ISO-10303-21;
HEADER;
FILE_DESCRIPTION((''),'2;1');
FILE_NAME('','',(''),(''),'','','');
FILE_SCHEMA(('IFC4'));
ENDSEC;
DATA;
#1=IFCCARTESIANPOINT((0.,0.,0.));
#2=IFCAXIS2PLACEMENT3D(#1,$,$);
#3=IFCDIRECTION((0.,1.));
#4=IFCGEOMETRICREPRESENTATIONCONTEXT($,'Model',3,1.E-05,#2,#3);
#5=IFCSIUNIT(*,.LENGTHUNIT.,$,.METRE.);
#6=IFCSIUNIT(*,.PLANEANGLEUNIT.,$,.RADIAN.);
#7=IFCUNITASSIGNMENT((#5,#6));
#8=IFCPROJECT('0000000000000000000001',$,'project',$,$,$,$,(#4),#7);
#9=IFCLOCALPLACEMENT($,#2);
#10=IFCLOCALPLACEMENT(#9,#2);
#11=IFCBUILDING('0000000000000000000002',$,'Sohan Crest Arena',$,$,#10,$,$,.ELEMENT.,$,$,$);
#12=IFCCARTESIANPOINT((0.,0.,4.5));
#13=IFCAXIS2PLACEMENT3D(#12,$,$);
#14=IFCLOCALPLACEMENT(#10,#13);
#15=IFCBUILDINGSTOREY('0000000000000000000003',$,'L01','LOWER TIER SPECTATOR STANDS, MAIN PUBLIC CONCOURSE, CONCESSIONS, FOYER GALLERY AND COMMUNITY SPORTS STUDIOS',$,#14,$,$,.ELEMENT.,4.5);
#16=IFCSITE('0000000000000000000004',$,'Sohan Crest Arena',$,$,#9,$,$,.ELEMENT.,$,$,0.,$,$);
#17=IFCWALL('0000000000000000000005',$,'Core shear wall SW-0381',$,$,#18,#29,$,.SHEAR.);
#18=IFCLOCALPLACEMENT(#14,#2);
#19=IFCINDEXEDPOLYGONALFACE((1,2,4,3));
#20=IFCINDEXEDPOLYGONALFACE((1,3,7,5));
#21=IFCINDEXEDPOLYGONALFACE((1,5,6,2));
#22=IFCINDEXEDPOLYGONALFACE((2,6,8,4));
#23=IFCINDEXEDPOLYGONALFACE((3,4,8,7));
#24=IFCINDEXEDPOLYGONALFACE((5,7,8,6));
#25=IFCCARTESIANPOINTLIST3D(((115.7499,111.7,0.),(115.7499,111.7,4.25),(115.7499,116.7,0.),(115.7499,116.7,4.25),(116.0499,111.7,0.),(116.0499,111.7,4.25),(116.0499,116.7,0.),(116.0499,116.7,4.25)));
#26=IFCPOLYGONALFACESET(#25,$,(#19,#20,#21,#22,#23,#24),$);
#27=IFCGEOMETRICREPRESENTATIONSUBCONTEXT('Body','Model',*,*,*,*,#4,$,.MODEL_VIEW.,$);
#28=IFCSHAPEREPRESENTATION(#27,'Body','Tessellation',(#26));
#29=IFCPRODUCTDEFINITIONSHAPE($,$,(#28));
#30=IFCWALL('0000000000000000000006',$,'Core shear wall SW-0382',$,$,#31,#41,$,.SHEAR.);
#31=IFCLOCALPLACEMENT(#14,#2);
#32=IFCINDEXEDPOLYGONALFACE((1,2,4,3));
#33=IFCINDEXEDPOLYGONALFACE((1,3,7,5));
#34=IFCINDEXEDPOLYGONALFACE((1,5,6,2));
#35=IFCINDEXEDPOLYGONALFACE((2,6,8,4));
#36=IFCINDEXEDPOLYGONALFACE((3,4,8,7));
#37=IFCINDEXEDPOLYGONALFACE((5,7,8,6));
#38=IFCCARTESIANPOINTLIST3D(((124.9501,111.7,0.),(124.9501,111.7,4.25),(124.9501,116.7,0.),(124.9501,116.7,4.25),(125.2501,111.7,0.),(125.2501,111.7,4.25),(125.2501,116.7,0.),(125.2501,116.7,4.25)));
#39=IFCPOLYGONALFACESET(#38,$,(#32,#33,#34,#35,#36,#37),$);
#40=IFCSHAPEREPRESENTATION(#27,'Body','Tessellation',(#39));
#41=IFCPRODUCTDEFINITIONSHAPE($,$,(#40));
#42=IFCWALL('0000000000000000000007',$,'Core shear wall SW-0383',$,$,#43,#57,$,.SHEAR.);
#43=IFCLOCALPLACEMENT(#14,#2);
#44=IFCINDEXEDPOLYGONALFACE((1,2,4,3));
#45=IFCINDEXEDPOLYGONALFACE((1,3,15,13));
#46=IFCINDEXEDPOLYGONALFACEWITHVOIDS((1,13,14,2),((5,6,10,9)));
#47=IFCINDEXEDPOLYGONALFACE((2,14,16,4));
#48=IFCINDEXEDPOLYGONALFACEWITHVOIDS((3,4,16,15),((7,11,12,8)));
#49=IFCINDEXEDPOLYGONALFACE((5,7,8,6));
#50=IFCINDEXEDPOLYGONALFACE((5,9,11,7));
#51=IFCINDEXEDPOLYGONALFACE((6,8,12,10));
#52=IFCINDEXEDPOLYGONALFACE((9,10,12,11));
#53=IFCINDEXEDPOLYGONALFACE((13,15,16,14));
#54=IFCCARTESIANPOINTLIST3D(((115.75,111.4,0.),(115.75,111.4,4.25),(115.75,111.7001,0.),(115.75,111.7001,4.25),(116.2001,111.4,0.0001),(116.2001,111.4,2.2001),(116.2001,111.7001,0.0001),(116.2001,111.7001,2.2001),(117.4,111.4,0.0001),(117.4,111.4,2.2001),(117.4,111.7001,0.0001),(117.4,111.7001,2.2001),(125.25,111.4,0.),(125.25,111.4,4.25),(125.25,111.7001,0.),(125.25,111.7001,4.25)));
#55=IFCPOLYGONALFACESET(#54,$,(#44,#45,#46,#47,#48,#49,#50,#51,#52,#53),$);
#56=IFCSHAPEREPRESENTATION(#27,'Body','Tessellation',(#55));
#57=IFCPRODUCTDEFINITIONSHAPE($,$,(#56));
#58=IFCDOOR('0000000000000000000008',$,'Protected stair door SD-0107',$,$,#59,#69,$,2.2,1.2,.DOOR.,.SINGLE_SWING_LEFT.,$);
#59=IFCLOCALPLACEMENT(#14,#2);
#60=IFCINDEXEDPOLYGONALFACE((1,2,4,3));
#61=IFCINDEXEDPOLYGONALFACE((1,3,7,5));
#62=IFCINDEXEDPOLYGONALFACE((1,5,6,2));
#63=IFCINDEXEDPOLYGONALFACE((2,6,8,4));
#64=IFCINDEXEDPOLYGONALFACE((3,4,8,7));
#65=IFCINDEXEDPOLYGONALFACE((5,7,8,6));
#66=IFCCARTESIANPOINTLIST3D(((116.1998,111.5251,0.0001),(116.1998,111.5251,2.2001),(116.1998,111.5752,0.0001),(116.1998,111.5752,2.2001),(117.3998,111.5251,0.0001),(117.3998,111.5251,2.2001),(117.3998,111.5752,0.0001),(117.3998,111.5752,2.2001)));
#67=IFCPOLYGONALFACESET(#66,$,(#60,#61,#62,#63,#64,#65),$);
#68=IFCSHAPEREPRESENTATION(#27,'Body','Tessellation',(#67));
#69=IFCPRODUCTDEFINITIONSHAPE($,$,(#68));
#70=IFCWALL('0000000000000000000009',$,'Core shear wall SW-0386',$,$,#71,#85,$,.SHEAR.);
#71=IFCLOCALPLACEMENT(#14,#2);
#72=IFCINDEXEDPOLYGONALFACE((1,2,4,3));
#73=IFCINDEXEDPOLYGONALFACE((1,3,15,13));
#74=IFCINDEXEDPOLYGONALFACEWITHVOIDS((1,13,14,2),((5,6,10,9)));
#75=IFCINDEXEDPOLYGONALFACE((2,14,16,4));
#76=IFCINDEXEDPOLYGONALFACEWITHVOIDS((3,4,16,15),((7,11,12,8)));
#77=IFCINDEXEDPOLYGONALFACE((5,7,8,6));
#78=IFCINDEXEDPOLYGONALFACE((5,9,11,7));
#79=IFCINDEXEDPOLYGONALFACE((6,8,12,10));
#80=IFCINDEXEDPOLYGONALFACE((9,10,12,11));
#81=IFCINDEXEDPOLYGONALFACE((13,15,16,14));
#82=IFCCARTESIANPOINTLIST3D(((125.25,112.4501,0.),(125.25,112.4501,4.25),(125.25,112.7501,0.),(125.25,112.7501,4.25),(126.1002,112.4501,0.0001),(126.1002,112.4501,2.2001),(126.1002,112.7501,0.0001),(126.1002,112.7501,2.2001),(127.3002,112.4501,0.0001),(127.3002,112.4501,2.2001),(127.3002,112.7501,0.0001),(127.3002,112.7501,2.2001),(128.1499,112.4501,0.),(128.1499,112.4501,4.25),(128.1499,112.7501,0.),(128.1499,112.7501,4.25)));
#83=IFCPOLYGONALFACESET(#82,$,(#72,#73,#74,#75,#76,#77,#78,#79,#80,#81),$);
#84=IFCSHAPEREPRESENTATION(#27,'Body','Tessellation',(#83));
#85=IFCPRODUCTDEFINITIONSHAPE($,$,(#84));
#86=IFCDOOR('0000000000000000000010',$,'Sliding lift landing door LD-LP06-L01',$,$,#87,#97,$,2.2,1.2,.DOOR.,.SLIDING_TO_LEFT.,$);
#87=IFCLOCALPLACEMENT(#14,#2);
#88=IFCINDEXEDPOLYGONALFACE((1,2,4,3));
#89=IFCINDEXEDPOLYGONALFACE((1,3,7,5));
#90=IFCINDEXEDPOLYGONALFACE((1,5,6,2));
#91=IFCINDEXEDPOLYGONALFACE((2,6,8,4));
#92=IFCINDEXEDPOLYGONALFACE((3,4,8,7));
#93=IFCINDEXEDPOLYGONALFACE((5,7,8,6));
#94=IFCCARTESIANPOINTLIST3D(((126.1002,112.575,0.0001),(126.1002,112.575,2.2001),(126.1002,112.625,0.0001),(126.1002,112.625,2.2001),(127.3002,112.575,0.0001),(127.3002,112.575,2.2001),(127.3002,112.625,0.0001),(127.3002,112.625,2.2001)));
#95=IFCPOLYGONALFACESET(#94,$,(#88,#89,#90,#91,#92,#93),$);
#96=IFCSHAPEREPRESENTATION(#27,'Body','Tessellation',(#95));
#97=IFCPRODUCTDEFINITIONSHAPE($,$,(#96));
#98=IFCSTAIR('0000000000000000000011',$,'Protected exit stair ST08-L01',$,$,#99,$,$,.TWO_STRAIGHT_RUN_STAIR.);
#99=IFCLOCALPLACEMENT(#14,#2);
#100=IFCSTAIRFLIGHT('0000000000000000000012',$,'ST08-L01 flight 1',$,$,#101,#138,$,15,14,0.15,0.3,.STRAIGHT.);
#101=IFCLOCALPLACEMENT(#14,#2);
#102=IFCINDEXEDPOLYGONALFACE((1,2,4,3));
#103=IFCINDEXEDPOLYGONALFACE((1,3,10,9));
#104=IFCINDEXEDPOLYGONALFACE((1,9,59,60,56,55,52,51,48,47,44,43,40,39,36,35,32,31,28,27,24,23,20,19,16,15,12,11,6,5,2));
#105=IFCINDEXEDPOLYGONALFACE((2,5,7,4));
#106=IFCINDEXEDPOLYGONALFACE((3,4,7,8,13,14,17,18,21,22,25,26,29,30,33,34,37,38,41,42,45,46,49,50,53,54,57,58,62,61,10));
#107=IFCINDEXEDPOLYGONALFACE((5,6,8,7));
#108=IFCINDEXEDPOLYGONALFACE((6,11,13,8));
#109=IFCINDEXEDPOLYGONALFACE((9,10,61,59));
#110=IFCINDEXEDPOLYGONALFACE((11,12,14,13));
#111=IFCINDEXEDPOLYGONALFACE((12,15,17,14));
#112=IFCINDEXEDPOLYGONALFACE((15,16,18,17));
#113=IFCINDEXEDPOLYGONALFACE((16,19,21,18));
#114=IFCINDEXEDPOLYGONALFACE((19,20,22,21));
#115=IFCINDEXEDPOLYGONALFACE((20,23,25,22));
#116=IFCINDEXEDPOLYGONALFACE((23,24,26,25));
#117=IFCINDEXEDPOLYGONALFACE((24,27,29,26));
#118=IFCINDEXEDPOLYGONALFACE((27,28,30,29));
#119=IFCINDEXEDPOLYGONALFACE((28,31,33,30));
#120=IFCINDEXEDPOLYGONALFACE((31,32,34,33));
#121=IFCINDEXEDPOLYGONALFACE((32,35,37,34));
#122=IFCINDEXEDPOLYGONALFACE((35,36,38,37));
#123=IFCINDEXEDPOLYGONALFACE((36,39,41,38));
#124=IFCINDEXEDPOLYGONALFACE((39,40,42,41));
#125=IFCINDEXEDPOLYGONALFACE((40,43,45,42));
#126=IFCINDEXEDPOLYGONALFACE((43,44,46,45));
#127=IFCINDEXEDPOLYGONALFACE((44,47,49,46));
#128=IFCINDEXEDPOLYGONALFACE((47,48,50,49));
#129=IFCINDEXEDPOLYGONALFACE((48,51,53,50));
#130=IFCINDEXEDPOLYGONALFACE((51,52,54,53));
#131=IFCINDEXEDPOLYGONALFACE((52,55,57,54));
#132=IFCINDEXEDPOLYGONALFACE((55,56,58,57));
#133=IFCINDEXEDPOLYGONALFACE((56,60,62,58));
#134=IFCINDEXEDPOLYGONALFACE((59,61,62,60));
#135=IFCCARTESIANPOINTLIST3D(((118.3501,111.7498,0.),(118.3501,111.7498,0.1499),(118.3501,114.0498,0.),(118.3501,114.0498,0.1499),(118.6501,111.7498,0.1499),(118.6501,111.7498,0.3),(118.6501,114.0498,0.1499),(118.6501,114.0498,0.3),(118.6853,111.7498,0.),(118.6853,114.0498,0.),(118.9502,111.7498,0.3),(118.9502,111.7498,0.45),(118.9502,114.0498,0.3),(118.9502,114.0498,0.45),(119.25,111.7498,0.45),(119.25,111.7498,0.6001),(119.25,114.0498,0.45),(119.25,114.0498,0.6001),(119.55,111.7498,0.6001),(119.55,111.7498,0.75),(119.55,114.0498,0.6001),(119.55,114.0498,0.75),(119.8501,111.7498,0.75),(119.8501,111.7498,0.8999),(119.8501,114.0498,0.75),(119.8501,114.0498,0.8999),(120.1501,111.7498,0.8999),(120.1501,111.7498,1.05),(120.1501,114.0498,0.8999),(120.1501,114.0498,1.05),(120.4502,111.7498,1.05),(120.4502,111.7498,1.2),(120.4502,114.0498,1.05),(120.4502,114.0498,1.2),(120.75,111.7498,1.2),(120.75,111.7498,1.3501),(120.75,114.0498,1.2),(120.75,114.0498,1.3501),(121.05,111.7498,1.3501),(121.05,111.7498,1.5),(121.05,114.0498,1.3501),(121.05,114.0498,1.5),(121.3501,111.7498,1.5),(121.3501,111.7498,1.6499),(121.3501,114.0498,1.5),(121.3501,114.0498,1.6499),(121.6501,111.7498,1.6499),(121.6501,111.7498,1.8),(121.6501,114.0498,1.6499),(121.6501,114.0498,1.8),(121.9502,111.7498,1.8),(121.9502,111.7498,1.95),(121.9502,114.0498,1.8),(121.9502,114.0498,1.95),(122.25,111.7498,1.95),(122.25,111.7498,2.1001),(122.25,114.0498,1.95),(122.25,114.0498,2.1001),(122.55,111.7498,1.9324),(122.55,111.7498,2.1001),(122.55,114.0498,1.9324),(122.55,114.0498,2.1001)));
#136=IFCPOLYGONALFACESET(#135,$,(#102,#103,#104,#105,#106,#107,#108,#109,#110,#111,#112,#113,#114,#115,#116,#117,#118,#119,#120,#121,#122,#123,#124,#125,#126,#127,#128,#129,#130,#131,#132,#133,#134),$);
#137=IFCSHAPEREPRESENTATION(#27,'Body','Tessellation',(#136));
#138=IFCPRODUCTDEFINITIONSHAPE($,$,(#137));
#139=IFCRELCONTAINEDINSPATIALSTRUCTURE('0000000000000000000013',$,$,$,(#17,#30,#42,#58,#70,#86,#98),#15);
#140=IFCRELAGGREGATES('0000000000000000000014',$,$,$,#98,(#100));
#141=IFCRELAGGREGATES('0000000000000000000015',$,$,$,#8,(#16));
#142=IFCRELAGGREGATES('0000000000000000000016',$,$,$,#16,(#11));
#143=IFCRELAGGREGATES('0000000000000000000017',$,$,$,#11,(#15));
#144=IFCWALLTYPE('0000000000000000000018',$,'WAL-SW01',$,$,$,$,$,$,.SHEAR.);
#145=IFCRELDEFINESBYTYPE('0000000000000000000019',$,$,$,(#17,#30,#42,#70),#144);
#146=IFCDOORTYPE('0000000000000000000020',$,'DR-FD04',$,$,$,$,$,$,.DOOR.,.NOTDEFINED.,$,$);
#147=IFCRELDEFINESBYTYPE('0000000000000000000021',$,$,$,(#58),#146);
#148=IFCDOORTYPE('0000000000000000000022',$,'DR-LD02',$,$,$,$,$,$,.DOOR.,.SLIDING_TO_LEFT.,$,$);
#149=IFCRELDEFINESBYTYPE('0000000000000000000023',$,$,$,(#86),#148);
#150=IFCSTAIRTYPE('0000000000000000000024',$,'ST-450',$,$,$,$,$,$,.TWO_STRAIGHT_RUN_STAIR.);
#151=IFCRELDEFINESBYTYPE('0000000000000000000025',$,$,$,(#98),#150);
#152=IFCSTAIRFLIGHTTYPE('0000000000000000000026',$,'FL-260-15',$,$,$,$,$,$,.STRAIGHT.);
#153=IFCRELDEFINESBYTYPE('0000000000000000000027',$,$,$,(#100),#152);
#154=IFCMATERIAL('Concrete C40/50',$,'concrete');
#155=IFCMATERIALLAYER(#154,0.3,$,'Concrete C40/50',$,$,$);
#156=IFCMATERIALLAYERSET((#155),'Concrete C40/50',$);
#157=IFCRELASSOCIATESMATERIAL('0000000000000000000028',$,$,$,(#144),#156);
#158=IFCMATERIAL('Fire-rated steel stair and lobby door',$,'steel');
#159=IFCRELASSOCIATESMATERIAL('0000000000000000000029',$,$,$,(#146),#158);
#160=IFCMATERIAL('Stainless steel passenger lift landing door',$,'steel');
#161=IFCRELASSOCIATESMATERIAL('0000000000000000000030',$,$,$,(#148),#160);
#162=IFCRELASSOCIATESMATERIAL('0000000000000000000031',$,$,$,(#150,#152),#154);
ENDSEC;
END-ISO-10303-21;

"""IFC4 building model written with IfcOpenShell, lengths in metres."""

from ifc_helpers import new_model, si_unit, direction, frame, frame_2d, origin, place, context, subcontext, project, spatial, polyline, rectangle, outline, extrude, material, layer, layer_set, type_object, element, fill, aggregate, save


model = new_model("IFC4")

# Units and contexts
model_context = context("Model", 3, precision=1e-05, world=origin(), true_north=direction((0.0, 1.0)))
body_context = subcontext(model_context, "Body", "Model", "MODEL_VIEW")
ifc_project = project(units=[si_unit("LENGTHUNIT", "METRE"), si_unit("PLANEANGLEUNIT", "RADIAN")], contexts=[model_context])

# Site, building, storey
site_placement = place(None, origin())
site = spatial("IfcSite", under=ifc_project, at=site_placement, Name="Sohan Crest Arena", CompositionType="ELEMENT", RefElevation=0.0)
building_placement = place(site_placement, origin())
building = spatial("IfcBuilding", under=site, at=building_placement, Name="Sohan Crest Arena", CompositionType="ELEMENT")
storey_placement = place(building_placement, frame((0.0, 0.0, 4.5)))
storey = spatial("IfcBuildingStorey", under=building, at=storey_placement, Name="L01", Description="LOWER TIER SPECTATOR STANDS, MAIN PUBLIC CONCOURSE, CONCESSIONS, FOYER GALLERY AND COMMUNITY SPORTS STUDIOS", CompositionType="ELEMENT", Elevation=4.5)

# Shared definitions
ifc_material_1 = material(Name="Concrete C40/50", Category="concrete")

# Walls
ifc_layer_1 = layer(ifc_material_1, 0.3, Name="Concrete C40/50")
ifc_layer_set_1 = layer_set([ifc_layer_1], Name="Concrete C40/50")
wall_type_1 = type_object("IfcWallType", Name="WAL-SW01", PredefinedType="SHEAR", material=ifc_layer_set_1)
for number, where, z_axis, x_axis, name in (
    (1, (115.8999, 111.7, 0.0), (0.0, 0.0, 1.0), (0.0, 1.0, 0.0), "Core shear wall SW-0381"),
    (2, (125.1001, 111.7, 0.0), (0.0, 0.0, 1.0), (0.0, 1.0, 0.0), "Core shear wall SW-0382"),
):
    element("IfcWall", number, at=place(storey_placement, frame(where, z_axis=z_axis, x_axis=x_axis)), inside=storey, type_object=wall_type_1, Name=name, PredefinedType="SHEAR", context=body_context, shape_type="SweptSolid", body=[
        extrude(rectangle(XDim=5.0, YDim=0.3, at=frame_2d((2.5, 0.0))), origin(), (0.0, 0.0, 1.0), 4.25),
    ])

# Walls, openings, doors
wall_1_placement = place(storey_placement, frame((115.75, 111.55, 0.0), z_axis=(0.0, 0.0, 1.0), x_axis=(1.0, 0.0, 0.0)))
wall_1 = element("IfcWall", 3, at=wall_1_placement, inside=storey, type_object=wall_type_1, Name="Core shear wall SW-0383", PredefinedType="SHEAR", context=body_context, shape_type="SweptSolid", body=[
    extrude(rectangle(XDim=9.5, YDim=0.3, at=frame_2d((4.75, 0.0))), origin(), (0.0, 0.0, 1.0), 4.25),
])
opening_1_placement = place(wall_1_placement, frame((0.45, 0.0, 0.0)))
opening_1 = element("IfcOpeningElement", 4, at=opening_1_placement, cuts=wall_1, PredefinedType="OPENING", context=body_context, shape_type="SweptSolid", body=[
    extrude(rectangle(XDim=1.2, YDim=2.2, at=frame_2d((0.6001, 1.1001))), frame((0.0, 0.1599, 0.0), z_axis=(0.0, -1.0, 0.0), x_axis=(1.0, 0.0, 0.0)), (0.0, 0.0, 1.0), 0.3201),
])
ifc_material_2 = material(Name="Fire-rated steel stair and lobby door", Category="steel")
door_type_1 = type_object("IfcDoorType", Name="DR-FD04", OperationType="NOTDEFINED", PredefinedType="DOOR", material=ifc_material_2)
door_1_placement = place(opening_1_placement, frame((1.2, 0.0, 0.0), z_axis=(0.0, 0.0, 1.0), x_axis=(-1.0, 0.0, 0.0)))
door_1 = element("IfcDoor", 5, at=door_1_placement, inside=storey, type_object=door_type_1, Name="Protected stair door SD-0107", OperationType="SINGLE_SWING_LEFT", OverallHeight=2.2, OverallWidth=1.2, PredefinedType="DOOR", context=body_context, shape_type="SweptSolid", body=[
    extrude(rectangle(XDim=1.2, YDim=2.2, at=frame_2d((0.6001, 1.1001))), frame((0.0, 0.0249, 0.0), z_axis=(0.0, -1.0, 0.0), x_axis=(1.0, 0.0, 0.0)), (0.0, 0.0, 1.0), 0.05),
])
fill(opening_1, door_1)
wall_2_placement = place(storey_placement, frame((125.25, 112.6001, 0.0), z_axis=(0.0, 0.0, 1.0), x_axis=(1.0, 0.0, 0.0)))
wall_2 = element("IfcWall", 6, at=wall_2_placement, inside=storey, type_object=wall_type_1, Name="Core shear wall SW-0386", PredefinedType="SHEAR", context=body_context, shape_type="SweptSolid", body=[
    extrude(rectangle(XDim=2.8999, YDim=0.3, at=frame_2d((1.45, 0.0))), origin(), (0.0, 0.0, 1.0), 4.25),
])
opening_2_placement = place(wall_2_placement, frame((0.8501, 0.0, 0.0)))
opening_2 = element("IfcOpeningElement", 7, at=opening_2_placement, cuts=wall_2, PredefinedType="OPENING", context=body_context, shape_type="SweptSolid", body=[
    extrude(rectangle(XDim=1.2, YDim=2.2, at=frame_2d((0.6001, 1.1001))), frame((0.0, 0.1599, 0.0), z_axis=(0.0, -1.0, 0.0), x_axis=(1.0, 0.0, 0.0)), (0.0, 0.0, 1.0), 0.3201),
])
ifc_material_3 = material(Name="Stainless steel passenger lift landing door", Category="steel")
door_type_2 = type_object("IfcDoorType", Name="DR-LD02", OperationType="SLIDING_TO_LEFT", PredefinedType="DOOR", material=ifc_material_3)
door_2_placement = place(opening_2_placement, origin())
door_2 = element("IfcDoor", 8, at=door_2_placement, inside=storey, type_object=door_type_2, Name="Sliding lift landing door LD-LP06-L01", OperationType="SLIDING_TO_LEFT", OverallHeight=2.2, OverallWidth=1.2, PredefinedType="DOOR", context=body_context, shape_type="SweptSolid", body=[
    extrude(rectangle(XDim=1.2, YDim=2.2, at=frame_2d((0.6001, 1.1001))), frame((0.0, 0.0249, 0.0), z_axis=(0.0, -1.0, 0.0), x_axis=(1.0, 0.0, 0.0)), (0.0, 0.0, 1.0), 0.05),
])
fill(opening_2, door_2)

# Stair, stair flight
stair_type = type_object("IfcStairType", Name="ST-450", PredefinedType="TWO_STRAIGHT_RUN_STAIR", material=ifc_material_1)
stair_placement = place(storey_placement, origin())
stair = element("IfcStair", 9, at=stair_placement, inside=storey, type_object=stair_type, Name="Protected exit stair ST08-L01", PredefinedType="TWO_STRAIGHT_RUN_STAIR")
stair_flight_type = type_object("IfcStairFlightType", Name="FL-260-15", PredefinedType="STRAIGHT", material=ifc_material_1)
stair_flight_placement = place(storey_placement, frame((118.3501, 112.8999, 0.0), z_axis=(0.0, 0.0, 1.0), x_axis=(1.0, 0.0, 0.0)))
stair_flight = element("IfcStairFlight", 10, at=stair_flight_placement, type_object=stair_flight_type, Name="ST08-L01 flight 1", NumberOfRisers=15, NumberOfTreads=14, PredefinedType="STRAIGHT", RiserHeight=0.15, TreadLength=0.3, context=body_context, shape_type="SweptSolid", body=[
    extrude(outline(polyline([(0.0, 0.0), (0.0, 0.1499), (0.3, 0.1499), (0.3, 0.3), (0.6001, 0.3), (0.6001, 0.45), (0.8999, 0.45), (0.8999, 0.6001), (1.2, 0.6001), (1.2, 0.75), (1.5, 0.75), (1.5, 0.8999), (1.8, 0.8999), (1.8, 1.05), (2.1001, 1.05), (2.1001, 1.2), (2.3999, 1.2), (2.3999, 1.3501), (2.7, 1.3501), (2.7, 1.5), (3.0, 1.5), (3.0, 1.6499), (3.3, 1.6499), (3.3, 1.8), (3.6001, 1.8), (3.6001, 1.95), (3.8999, 1.95), (3.8999, 2.1001), (4.2, 2.1001), (4.2, 2.25), (4.2, 1.9324), (0.3352, 0.0), (0.0, 0.0)])), frame((0.0, 1.1499, 0.0), z_axis=(0.0, -1.0, 0.0), x_axis=(1.0, 0.0, 0.0)), (0.0, 0.0, 1.0), 2.3),
])
aggregate(stair, [stair_flight])

save(model, "model.ifc")
